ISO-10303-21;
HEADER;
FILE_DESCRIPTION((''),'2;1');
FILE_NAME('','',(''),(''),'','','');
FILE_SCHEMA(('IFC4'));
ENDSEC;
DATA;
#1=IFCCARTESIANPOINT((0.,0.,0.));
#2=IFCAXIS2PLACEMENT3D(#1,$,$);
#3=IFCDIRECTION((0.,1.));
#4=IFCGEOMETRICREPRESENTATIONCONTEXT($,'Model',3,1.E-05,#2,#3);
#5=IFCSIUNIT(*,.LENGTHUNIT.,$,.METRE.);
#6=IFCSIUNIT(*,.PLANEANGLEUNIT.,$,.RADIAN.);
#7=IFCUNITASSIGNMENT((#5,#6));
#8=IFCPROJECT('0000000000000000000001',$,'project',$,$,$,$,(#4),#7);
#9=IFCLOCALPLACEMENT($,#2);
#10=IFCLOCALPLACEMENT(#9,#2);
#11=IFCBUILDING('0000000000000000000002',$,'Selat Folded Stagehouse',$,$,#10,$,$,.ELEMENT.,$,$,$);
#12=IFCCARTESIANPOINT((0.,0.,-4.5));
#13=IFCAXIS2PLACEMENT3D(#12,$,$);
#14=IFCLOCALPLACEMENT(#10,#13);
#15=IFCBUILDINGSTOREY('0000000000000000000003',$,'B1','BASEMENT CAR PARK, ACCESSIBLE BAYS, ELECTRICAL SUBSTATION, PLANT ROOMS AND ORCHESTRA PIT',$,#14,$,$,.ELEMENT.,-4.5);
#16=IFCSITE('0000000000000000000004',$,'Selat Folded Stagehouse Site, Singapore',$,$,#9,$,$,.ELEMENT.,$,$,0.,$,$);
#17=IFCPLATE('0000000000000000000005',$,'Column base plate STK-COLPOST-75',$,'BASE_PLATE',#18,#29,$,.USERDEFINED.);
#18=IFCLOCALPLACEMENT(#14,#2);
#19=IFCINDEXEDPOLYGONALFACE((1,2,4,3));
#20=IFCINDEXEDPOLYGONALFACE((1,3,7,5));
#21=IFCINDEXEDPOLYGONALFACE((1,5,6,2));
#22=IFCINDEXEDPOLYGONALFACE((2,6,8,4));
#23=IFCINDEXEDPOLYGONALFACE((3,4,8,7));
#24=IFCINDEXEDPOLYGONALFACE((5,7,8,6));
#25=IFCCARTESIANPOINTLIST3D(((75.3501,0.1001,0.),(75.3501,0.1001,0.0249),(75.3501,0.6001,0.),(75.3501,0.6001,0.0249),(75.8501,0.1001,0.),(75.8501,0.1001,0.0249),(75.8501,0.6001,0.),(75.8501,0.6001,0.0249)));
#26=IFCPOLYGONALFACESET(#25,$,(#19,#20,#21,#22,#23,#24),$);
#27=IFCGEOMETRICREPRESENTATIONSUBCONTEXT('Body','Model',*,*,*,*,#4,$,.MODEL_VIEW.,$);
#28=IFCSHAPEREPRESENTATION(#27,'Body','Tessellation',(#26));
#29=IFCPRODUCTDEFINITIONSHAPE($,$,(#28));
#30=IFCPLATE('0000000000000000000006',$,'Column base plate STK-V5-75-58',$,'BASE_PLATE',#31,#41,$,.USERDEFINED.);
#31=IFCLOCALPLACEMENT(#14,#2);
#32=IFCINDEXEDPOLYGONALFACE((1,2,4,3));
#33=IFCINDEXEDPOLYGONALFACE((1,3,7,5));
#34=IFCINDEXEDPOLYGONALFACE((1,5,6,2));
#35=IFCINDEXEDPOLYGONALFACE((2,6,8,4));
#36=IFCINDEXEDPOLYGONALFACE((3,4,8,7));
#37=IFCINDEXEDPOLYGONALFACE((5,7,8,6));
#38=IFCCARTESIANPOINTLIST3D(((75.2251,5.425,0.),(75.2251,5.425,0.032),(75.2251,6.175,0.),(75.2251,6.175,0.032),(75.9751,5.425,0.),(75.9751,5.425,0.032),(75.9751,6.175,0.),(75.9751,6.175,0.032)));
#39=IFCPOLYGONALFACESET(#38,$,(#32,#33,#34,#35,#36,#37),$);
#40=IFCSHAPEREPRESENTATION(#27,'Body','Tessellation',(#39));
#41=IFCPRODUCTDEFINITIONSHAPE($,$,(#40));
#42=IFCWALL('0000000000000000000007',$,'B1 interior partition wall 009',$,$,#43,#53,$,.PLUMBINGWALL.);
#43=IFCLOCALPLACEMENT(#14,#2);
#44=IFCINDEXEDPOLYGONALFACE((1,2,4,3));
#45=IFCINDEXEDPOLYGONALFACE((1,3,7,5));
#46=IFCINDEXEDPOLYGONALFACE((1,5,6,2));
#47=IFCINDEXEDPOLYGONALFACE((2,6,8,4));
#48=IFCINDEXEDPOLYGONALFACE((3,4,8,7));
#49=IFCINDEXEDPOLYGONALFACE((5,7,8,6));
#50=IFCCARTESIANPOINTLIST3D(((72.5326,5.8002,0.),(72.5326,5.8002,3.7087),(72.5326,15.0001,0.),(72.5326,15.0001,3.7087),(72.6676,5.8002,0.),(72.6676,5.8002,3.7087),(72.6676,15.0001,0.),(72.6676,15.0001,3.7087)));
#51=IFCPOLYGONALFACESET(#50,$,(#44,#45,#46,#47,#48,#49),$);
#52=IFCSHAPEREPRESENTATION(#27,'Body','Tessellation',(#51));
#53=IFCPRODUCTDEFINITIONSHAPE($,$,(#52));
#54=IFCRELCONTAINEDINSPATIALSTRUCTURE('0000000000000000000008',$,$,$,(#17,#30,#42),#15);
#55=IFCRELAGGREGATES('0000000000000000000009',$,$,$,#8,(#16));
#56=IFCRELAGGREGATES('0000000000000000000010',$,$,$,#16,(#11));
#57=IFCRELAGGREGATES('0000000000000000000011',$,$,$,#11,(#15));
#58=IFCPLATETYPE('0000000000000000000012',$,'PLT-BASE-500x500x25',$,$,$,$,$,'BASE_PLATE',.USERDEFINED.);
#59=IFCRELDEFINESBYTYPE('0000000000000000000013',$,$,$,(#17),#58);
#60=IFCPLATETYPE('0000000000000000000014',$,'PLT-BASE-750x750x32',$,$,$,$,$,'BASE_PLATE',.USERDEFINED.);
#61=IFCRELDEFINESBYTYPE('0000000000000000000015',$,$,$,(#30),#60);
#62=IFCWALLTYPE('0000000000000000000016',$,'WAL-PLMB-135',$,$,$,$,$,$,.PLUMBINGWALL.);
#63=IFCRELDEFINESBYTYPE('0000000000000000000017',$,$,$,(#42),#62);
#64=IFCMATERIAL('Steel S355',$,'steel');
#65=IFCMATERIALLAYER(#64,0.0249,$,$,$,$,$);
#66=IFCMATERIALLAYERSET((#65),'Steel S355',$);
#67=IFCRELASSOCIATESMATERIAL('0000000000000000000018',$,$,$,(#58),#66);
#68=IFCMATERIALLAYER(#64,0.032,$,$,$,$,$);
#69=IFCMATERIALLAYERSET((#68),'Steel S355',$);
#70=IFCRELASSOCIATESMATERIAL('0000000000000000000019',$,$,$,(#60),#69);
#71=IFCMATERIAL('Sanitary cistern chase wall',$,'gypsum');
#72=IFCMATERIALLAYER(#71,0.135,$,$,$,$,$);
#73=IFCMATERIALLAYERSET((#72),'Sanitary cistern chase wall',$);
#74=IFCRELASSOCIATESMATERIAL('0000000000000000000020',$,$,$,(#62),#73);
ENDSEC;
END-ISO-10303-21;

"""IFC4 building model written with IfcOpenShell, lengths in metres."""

from ifc_helpers import new_model, si_unit, direction, frame, frame_2d, origin, origin_2d, place, context, subcontext, project, spatial, rectangle, extrude, material, layer, layer_set, type_object, element, save


model = new_model("IFC4")

# Units and contexts
model_context = context("Model", 3, precision=1e-05, world=origin(), true_north=direction((0.0, 1.0)))
body_context = subcontext(model_context, "Body", "Model", "MODEL_VIEW")
ifc_project = project(units=[si_unit("LENGTHUNIT", "METRE"), si_unit("PLANEANGLEUNIT", "RADIAN")], contexts=[model_context])

# Site, building, storey
site_placement = place(None, origin())
site = spatial("IfcSite", under=ifc_project, at=site_placement, Name="Selat Folded Stagehouse Site, Singapore", CompositionType="ELEMENT", RefElevation=0.0)
building_placement = place(site_placement, origin())
building = spatial("IfcBuilding", under=site, at=building_placement, Name="Selat Folded Stagehouse", CompositionType="ELEMENT")
storey_placement = place(building_placement, frame((0.0, 0.0, -4.5)))
storey = spatial("IfcBuildingStorey", under=building, at=storey_placement, Name="B1", Description="BASEMENT CAR PARK, ACCESSIBLE BAYS, ELECTRICAL SUBSTATION, PLANT ROOMS AND ORCHESTRA PIT", CompositionType="ELEMENT", Elevation=-4.5)

# Shared definitions
ifc_material_1 = material(Name="Steel S355", Category="steel")

# Plates
ifc_layer_1 = layer(ifc_material_1, 0.0249)
ifc_layer_set_1 = layer_set([ifc_layer_1], Name="Steel S355")
plate_type_1 = type_object("IfcPlateType", Name="PLT-BASE-500x500x25", ElementType="BASE_PLATE", PredefinedType="USERDEFINED", material=ifc_layer_set_1)
plate_1_placement = place(storey_placement, frame((75.6001, 0.3501, 0.0), z_axis=(0.0, 0.0, 1.0), x_axis=(1.0, 0.0, 0.0)))
element("IfcPlate", 1, at=plate_1_placement, inside=storey, type_object=plate_type_1, Name="Column base plate STK-COLPOST-75", ObjectType="BASE_PLATE", PredefinedType="USERDEFINED", context=body_context, shape_type="SweptSolid", body=[
    extrude(rectangle(XDim=0.5, YDim=0.5, at=origin_2d()), origin(), (0.0, 0.0, 1.0), 0.0249),
])
ifc_layer_2 = layer(ifc_material_1, 0.032)
ifc_layer_set_2 = layer_set([ifc_layer_2], Name="Steel S355")
plate_type_2 = type_object("IfcPlateType", Name="PLT-BASE-750x750x32", ElementType="BASE_PLATE", PredefinedType="USERDEFINED", material=ifc_layer_set_2)
plate_2_placement = place(storey_placement, frame((75.6001, 5.8, 0.0), z_axis=(0.0, 0.0, 1.0), x_axis=(1.0, 0.0, 0.0)))
element("IfcPlate", 2, at=plate_2_placement, inside=storey, type_object=plate_type_2, Name="Column base plate STK-V5-75-58", ObjectType="BASE_PLATE", PredefinedType="USERDEFINED", context=body_context, shape_type="SweptSolid", body=[
    extrude(rectangle(XDim=0.75, YDim=0.75, at=origin_2d()), origin(), (0.0, 0.0, 1.0), 0.032),
])

# Wall
ifc_material_2 = material(Name="Sanitary cistern chase wall", Category="gypsum")
ifc_layer_3 = layer(ifc_material_2, 0.135)
ifc_layer_set_3 = layer_set([ifc_layer_3], Name="Sanitary cistern chase wall")
wall_type = type_object("IfcWallType", Name="WAL-PLMB-135", PredefinedType="PLUMBINGWALL", material=ifc_layer_set_3)
wall_placement = place(storey_placement, frame((72.6001, 5.8, 0.0), z_axis=(0.0, 0.0, 1.0), x_axis=(0.0, 1.0, 0.0)))
element("IfcWall", 3, at=wall_placement, inside=storey, type_object=wall_type, Name="B1 interior partition wall 009", PredefinedType="PLUMBINGWALL", context=body_context, shape_type="SweptSolid", body=[
    extrude(rectangle(XDim=9.2, YDim=0.135, at=frame_2d((4.6001, 0.0))), origin(), (0.0, 0.0, 1.0), 3.7087),
])

save(model, "model.ifc")
